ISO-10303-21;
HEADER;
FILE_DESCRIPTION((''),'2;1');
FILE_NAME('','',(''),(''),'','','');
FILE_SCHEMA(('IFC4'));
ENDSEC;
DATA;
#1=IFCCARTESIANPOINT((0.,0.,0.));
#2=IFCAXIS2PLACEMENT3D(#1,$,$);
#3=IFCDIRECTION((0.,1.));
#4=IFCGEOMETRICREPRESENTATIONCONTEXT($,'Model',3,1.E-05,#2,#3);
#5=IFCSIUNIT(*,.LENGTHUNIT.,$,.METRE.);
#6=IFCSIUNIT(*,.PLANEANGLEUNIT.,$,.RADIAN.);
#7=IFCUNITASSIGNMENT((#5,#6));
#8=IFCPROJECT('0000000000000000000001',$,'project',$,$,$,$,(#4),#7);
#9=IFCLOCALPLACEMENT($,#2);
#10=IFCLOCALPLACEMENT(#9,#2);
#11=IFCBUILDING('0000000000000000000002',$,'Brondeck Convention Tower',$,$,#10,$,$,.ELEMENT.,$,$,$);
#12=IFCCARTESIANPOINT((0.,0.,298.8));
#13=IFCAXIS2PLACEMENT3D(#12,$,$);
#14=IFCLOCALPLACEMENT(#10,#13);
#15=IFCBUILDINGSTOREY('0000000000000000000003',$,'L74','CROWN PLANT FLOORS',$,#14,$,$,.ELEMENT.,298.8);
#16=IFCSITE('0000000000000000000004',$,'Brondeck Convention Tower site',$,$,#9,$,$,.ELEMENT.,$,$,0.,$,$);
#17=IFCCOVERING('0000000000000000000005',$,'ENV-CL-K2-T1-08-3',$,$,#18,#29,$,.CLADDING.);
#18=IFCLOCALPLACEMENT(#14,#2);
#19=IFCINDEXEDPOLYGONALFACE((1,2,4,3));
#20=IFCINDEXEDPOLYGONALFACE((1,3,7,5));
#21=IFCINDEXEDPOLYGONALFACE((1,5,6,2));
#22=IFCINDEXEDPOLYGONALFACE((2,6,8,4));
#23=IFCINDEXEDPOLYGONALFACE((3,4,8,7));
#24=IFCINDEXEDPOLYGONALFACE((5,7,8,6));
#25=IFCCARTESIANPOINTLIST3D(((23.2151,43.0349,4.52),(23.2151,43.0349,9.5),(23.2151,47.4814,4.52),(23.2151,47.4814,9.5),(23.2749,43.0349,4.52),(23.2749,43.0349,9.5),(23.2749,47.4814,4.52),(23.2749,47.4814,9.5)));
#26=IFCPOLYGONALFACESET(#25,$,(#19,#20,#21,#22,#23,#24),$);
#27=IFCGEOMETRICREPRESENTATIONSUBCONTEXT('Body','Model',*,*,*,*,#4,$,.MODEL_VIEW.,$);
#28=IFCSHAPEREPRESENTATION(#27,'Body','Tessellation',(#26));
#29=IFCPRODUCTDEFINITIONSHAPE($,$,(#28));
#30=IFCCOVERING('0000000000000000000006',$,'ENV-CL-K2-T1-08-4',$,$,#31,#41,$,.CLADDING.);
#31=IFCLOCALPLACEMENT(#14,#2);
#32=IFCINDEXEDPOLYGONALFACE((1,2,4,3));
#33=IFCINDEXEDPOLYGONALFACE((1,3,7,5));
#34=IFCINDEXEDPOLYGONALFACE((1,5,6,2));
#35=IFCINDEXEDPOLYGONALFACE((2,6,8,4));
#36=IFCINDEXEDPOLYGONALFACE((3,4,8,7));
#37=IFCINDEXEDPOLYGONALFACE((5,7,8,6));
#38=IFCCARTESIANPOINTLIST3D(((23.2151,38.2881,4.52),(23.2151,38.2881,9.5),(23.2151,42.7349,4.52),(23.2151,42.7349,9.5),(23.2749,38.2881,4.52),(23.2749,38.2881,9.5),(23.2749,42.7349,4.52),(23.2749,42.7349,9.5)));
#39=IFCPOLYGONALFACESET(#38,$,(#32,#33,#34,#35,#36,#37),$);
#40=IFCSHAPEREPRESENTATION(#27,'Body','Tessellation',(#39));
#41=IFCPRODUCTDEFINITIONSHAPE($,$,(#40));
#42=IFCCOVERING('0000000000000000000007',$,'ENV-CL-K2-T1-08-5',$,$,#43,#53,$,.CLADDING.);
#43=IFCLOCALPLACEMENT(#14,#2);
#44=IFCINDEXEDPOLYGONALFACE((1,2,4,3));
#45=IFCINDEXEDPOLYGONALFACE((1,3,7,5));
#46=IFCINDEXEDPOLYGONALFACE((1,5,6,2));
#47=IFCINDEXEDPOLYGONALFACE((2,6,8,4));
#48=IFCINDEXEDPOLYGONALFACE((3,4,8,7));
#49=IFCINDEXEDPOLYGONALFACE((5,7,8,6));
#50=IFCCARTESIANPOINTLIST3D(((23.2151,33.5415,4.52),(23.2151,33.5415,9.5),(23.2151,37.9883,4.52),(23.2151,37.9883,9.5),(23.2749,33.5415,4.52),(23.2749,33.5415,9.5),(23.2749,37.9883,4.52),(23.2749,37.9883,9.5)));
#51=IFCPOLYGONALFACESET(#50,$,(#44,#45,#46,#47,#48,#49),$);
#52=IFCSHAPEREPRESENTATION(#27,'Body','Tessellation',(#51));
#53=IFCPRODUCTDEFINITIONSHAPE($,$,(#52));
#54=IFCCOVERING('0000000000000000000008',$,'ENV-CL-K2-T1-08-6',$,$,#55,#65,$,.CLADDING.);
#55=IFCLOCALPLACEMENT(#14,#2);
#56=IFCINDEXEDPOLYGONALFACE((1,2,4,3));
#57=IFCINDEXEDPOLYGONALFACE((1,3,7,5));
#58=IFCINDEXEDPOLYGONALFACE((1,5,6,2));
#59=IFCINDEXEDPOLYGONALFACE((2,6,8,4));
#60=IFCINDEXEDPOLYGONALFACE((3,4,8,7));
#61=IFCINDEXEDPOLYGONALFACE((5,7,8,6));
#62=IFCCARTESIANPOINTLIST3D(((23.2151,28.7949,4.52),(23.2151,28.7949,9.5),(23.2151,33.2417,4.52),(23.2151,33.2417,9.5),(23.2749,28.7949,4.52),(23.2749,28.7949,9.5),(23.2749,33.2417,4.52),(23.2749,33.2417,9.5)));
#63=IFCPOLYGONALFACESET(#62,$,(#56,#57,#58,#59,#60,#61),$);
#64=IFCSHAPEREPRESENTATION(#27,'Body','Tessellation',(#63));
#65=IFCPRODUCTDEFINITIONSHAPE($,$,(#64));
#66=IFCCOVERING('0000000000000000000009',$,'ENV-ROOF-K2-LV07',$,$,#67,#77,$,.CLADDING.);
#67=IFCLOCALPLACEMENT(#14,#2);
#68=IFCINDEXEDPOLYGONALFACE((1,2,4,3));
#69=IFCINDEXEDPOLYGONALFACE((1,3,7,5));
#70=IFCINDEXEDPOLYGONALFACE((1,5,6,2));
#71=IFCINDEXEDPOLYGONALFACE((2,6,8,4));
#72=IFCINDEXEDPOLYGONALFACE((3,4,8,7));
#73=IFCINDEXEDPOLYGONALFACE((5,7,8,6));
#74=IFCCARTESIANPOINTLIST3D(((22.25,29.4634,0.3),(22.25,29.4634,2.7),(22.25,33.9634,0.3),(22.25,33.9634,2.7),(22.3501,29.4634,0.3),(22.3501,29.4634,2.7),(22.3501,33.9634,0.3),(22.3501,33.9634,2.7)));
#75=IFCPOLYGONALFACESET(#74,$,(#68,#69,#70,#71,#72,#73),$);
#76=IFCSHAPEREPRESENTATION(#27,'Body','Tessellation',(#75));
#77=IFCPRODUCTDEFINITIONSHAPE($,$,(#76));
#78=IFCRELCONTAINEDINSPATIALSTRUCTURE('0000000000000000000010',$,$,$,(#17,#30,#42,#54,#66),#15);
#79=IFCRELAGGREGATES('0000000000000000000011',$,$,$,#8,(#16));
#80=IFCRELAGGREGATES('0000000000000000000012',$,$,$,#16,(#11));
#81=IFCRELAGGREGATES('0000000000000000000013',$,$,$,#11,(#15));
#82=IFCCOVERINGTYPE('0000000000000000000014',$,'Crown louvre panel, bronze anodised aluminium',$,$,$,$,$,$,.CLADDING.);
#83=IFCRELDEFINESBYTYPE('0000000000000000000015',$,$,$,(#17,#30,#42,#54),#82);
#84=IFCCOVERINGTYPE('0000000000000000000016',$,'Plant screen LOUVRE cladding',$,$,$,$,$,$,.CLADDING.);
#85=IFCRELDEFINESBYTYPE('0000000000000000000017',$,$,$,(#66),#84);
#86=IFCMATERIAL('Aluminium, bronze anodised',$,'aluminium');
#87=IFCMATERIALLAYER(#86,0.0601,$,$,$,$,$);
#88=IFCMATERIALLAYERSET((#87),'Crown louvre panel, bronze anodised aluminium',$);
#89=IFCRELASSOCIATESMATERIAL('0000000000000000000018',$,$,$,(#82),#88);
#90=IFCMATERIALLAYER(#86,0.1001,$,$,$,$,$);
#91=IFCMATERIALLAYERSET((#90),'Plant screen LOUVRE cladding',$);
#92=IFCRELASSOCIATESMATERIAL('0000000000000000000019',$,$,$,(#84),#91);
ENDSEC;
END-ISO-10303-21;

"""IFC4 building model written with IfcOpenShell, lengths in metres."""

from ifc_helpers import new_model, si_unit, direction, frame, origin, origin_2d, place, context, subcontext, project, spatial, polyline, rectangle, outline, extrude, material, layer, layer_set, type_object, element, save


model = new_model("IFC4")

# Units and contexts
model_context = context("Model", 3, precision=1e-05, world=origin(), true_north=direction((0.0, 1.0)))
body_context = subcontext(model_context, "Body", "Model", "MODEL_VIEW")
ifc_project = project(units=[si_unit("LENGTHUNIT", "METRE"), si_unit("PLANEANGLEUNIT", "RADIAN")], contexts=[model_context])

# Site, building, storey
site_placement = place(None, origin())
site = spatial("IfcSite", under=ifc_project, at=site_placement, Name="Brondeck Convention Tower site", CompositionType="ELEMENT", RefElevation=0.0)
building_placement = place(site_placement, origin())
building = spatial("IfcBuilding", under=site, at=building_placement, Name="Brondeck Convention Tower", CompositionType="ELEMENT")
storey_placement = place(building_placement, frame((0.0, 0.0, 298.8)))
storey = spatial("IfcBuildingStorey", under=building, at=storey_placement, Name="L74", Description="CROWN PLANT FLOORS", CompositionType="ELEMENT", Elevation=298.8)

# Shared definitions
ifc_material_1 = material(Name="Aluminium, bronze anodised", Category="aluminium")

# Coverings
ifc_layer_1 = layer(ifc_material_1, 0.0601)
ifc_layer_set_1 = layer_set([ifc_layer_1], Name="Crown louvre panel, bronze anodised aluminium")
covering_type_1 = type_object("IfcCoveringType", Name="Crown louvre panel, bronze anodised aluminium", PredefinedType="CLADDING", material=ifc_layer_set_1)
covering_1_placement = place(storey_placement, frame((0.0, 0.0, 4.52)))
element("IfcCovering", 1, at=covering_1_placement, inside=storey, type_object=covering_type_1, Name="ENV-CL-K2-T1-08-3", PredefinedType="CLADDING", context=body_context, shape_type="SweptSolid", body=[
    extrude(outline(polyline([(23.2749, 43.0349), (23.2749, 47.4814), (23.2151, 47.4814), (23.2151, 43.0349), (23.2749, 43.0349)])), origin(), (0.0, 0.0, 1.0), 4.98),
])
covering_2_placement = place(storey_placement, frame((0.0, 0.0, 4.52)))
element("IfcCovering", 2, at=covering_2_placement, inside=storey, type_object=covering_type_1, Name="ENV-CL-K2-T1-08-4", PredefinedType="CLADDING", context=body_context, shape_type="SweptSolid", body=[
    extrude(outline(polyline([(23.2749, 38.2881), (23.2749, 42.7349), (23.2151, 42.7349), (23.2151, 38.2881), (23.2749, 38.2881)])), origin(), (0.0, 0.0, 1.0), 4.98),
])
covering_3_placement = place(storey_placement, frame((0.0, 0.0, 4.52)))
element("IfcCovering", 3, at=covering_3_placement, inside=storey, type_object=covering_type_1, Name="ENV-CL-K2-T1-08-5", PredefinedType="CLADDING", context=body_context, shape_type="SweptSolid", body=[
    extrude(outline(polyline([(23.2749, 33.5415), (23.2749, 37.9883), (23.2151, 37.9883), (23.2151, 33.5415), (23.2749, 33.5415)])), origin(), (0.0, 0.0, 1.0), 4.98),
])
covering_4_placement = place(storey_placement, frame((0.0, 0.0, 4.52)))
element("IfcCovering", 4, at=covering_4_placement, inside=storey, type_object=covering_type_1, Name="ENV-CL-K2-T1-08-6", PredefinedType="CLADDING", context=body_context, shape_type="SweptSolid", body=[
    extrude(outline(polyline([(23.2749, 28.7949), (23.2749, 33.2417), (23.2151, 33.2417), (23.2151, 28.7949), (23.2749, 28.7949)])), origin(), (0.0, 0.0, 1.0), 4.98),
])

# Covering
ifc_layer_2 = layer(ifc_material_1, 0.1001)
ifc_layer_set_2 = layer_set([ifc_layer_2], Name="Plant screen LOUVRE cladding")
covering_type_2 = type_object("IfcCoveringType", Name="Plant screen LOUVRE cladding", PredefinedType="CLADDING", material=ifc_layer_set_2)
covering_5_placement = place(storey_placement, frame((22.3, 31.7134, 0.3), z_axis=(0.0, 0.0, 1.0), x_axis=(0.0, -1.0, 0.0)))
element("IfcCovering", 5, at=covering_5_placement, inside=storey, type_object=covering_type_2, Name="ENV-ROOF-K2-LV07", PredefinedType="CLADDING", context=body_context, shape_type="SweptSolid", body=[
    extrude(rectangle(XDim=4.5, YDim=0.1001, at=origin_2d()), origin(), (0.0, 0.0, 1.0), 2.3999),
])

save(model, "model.ifc")
